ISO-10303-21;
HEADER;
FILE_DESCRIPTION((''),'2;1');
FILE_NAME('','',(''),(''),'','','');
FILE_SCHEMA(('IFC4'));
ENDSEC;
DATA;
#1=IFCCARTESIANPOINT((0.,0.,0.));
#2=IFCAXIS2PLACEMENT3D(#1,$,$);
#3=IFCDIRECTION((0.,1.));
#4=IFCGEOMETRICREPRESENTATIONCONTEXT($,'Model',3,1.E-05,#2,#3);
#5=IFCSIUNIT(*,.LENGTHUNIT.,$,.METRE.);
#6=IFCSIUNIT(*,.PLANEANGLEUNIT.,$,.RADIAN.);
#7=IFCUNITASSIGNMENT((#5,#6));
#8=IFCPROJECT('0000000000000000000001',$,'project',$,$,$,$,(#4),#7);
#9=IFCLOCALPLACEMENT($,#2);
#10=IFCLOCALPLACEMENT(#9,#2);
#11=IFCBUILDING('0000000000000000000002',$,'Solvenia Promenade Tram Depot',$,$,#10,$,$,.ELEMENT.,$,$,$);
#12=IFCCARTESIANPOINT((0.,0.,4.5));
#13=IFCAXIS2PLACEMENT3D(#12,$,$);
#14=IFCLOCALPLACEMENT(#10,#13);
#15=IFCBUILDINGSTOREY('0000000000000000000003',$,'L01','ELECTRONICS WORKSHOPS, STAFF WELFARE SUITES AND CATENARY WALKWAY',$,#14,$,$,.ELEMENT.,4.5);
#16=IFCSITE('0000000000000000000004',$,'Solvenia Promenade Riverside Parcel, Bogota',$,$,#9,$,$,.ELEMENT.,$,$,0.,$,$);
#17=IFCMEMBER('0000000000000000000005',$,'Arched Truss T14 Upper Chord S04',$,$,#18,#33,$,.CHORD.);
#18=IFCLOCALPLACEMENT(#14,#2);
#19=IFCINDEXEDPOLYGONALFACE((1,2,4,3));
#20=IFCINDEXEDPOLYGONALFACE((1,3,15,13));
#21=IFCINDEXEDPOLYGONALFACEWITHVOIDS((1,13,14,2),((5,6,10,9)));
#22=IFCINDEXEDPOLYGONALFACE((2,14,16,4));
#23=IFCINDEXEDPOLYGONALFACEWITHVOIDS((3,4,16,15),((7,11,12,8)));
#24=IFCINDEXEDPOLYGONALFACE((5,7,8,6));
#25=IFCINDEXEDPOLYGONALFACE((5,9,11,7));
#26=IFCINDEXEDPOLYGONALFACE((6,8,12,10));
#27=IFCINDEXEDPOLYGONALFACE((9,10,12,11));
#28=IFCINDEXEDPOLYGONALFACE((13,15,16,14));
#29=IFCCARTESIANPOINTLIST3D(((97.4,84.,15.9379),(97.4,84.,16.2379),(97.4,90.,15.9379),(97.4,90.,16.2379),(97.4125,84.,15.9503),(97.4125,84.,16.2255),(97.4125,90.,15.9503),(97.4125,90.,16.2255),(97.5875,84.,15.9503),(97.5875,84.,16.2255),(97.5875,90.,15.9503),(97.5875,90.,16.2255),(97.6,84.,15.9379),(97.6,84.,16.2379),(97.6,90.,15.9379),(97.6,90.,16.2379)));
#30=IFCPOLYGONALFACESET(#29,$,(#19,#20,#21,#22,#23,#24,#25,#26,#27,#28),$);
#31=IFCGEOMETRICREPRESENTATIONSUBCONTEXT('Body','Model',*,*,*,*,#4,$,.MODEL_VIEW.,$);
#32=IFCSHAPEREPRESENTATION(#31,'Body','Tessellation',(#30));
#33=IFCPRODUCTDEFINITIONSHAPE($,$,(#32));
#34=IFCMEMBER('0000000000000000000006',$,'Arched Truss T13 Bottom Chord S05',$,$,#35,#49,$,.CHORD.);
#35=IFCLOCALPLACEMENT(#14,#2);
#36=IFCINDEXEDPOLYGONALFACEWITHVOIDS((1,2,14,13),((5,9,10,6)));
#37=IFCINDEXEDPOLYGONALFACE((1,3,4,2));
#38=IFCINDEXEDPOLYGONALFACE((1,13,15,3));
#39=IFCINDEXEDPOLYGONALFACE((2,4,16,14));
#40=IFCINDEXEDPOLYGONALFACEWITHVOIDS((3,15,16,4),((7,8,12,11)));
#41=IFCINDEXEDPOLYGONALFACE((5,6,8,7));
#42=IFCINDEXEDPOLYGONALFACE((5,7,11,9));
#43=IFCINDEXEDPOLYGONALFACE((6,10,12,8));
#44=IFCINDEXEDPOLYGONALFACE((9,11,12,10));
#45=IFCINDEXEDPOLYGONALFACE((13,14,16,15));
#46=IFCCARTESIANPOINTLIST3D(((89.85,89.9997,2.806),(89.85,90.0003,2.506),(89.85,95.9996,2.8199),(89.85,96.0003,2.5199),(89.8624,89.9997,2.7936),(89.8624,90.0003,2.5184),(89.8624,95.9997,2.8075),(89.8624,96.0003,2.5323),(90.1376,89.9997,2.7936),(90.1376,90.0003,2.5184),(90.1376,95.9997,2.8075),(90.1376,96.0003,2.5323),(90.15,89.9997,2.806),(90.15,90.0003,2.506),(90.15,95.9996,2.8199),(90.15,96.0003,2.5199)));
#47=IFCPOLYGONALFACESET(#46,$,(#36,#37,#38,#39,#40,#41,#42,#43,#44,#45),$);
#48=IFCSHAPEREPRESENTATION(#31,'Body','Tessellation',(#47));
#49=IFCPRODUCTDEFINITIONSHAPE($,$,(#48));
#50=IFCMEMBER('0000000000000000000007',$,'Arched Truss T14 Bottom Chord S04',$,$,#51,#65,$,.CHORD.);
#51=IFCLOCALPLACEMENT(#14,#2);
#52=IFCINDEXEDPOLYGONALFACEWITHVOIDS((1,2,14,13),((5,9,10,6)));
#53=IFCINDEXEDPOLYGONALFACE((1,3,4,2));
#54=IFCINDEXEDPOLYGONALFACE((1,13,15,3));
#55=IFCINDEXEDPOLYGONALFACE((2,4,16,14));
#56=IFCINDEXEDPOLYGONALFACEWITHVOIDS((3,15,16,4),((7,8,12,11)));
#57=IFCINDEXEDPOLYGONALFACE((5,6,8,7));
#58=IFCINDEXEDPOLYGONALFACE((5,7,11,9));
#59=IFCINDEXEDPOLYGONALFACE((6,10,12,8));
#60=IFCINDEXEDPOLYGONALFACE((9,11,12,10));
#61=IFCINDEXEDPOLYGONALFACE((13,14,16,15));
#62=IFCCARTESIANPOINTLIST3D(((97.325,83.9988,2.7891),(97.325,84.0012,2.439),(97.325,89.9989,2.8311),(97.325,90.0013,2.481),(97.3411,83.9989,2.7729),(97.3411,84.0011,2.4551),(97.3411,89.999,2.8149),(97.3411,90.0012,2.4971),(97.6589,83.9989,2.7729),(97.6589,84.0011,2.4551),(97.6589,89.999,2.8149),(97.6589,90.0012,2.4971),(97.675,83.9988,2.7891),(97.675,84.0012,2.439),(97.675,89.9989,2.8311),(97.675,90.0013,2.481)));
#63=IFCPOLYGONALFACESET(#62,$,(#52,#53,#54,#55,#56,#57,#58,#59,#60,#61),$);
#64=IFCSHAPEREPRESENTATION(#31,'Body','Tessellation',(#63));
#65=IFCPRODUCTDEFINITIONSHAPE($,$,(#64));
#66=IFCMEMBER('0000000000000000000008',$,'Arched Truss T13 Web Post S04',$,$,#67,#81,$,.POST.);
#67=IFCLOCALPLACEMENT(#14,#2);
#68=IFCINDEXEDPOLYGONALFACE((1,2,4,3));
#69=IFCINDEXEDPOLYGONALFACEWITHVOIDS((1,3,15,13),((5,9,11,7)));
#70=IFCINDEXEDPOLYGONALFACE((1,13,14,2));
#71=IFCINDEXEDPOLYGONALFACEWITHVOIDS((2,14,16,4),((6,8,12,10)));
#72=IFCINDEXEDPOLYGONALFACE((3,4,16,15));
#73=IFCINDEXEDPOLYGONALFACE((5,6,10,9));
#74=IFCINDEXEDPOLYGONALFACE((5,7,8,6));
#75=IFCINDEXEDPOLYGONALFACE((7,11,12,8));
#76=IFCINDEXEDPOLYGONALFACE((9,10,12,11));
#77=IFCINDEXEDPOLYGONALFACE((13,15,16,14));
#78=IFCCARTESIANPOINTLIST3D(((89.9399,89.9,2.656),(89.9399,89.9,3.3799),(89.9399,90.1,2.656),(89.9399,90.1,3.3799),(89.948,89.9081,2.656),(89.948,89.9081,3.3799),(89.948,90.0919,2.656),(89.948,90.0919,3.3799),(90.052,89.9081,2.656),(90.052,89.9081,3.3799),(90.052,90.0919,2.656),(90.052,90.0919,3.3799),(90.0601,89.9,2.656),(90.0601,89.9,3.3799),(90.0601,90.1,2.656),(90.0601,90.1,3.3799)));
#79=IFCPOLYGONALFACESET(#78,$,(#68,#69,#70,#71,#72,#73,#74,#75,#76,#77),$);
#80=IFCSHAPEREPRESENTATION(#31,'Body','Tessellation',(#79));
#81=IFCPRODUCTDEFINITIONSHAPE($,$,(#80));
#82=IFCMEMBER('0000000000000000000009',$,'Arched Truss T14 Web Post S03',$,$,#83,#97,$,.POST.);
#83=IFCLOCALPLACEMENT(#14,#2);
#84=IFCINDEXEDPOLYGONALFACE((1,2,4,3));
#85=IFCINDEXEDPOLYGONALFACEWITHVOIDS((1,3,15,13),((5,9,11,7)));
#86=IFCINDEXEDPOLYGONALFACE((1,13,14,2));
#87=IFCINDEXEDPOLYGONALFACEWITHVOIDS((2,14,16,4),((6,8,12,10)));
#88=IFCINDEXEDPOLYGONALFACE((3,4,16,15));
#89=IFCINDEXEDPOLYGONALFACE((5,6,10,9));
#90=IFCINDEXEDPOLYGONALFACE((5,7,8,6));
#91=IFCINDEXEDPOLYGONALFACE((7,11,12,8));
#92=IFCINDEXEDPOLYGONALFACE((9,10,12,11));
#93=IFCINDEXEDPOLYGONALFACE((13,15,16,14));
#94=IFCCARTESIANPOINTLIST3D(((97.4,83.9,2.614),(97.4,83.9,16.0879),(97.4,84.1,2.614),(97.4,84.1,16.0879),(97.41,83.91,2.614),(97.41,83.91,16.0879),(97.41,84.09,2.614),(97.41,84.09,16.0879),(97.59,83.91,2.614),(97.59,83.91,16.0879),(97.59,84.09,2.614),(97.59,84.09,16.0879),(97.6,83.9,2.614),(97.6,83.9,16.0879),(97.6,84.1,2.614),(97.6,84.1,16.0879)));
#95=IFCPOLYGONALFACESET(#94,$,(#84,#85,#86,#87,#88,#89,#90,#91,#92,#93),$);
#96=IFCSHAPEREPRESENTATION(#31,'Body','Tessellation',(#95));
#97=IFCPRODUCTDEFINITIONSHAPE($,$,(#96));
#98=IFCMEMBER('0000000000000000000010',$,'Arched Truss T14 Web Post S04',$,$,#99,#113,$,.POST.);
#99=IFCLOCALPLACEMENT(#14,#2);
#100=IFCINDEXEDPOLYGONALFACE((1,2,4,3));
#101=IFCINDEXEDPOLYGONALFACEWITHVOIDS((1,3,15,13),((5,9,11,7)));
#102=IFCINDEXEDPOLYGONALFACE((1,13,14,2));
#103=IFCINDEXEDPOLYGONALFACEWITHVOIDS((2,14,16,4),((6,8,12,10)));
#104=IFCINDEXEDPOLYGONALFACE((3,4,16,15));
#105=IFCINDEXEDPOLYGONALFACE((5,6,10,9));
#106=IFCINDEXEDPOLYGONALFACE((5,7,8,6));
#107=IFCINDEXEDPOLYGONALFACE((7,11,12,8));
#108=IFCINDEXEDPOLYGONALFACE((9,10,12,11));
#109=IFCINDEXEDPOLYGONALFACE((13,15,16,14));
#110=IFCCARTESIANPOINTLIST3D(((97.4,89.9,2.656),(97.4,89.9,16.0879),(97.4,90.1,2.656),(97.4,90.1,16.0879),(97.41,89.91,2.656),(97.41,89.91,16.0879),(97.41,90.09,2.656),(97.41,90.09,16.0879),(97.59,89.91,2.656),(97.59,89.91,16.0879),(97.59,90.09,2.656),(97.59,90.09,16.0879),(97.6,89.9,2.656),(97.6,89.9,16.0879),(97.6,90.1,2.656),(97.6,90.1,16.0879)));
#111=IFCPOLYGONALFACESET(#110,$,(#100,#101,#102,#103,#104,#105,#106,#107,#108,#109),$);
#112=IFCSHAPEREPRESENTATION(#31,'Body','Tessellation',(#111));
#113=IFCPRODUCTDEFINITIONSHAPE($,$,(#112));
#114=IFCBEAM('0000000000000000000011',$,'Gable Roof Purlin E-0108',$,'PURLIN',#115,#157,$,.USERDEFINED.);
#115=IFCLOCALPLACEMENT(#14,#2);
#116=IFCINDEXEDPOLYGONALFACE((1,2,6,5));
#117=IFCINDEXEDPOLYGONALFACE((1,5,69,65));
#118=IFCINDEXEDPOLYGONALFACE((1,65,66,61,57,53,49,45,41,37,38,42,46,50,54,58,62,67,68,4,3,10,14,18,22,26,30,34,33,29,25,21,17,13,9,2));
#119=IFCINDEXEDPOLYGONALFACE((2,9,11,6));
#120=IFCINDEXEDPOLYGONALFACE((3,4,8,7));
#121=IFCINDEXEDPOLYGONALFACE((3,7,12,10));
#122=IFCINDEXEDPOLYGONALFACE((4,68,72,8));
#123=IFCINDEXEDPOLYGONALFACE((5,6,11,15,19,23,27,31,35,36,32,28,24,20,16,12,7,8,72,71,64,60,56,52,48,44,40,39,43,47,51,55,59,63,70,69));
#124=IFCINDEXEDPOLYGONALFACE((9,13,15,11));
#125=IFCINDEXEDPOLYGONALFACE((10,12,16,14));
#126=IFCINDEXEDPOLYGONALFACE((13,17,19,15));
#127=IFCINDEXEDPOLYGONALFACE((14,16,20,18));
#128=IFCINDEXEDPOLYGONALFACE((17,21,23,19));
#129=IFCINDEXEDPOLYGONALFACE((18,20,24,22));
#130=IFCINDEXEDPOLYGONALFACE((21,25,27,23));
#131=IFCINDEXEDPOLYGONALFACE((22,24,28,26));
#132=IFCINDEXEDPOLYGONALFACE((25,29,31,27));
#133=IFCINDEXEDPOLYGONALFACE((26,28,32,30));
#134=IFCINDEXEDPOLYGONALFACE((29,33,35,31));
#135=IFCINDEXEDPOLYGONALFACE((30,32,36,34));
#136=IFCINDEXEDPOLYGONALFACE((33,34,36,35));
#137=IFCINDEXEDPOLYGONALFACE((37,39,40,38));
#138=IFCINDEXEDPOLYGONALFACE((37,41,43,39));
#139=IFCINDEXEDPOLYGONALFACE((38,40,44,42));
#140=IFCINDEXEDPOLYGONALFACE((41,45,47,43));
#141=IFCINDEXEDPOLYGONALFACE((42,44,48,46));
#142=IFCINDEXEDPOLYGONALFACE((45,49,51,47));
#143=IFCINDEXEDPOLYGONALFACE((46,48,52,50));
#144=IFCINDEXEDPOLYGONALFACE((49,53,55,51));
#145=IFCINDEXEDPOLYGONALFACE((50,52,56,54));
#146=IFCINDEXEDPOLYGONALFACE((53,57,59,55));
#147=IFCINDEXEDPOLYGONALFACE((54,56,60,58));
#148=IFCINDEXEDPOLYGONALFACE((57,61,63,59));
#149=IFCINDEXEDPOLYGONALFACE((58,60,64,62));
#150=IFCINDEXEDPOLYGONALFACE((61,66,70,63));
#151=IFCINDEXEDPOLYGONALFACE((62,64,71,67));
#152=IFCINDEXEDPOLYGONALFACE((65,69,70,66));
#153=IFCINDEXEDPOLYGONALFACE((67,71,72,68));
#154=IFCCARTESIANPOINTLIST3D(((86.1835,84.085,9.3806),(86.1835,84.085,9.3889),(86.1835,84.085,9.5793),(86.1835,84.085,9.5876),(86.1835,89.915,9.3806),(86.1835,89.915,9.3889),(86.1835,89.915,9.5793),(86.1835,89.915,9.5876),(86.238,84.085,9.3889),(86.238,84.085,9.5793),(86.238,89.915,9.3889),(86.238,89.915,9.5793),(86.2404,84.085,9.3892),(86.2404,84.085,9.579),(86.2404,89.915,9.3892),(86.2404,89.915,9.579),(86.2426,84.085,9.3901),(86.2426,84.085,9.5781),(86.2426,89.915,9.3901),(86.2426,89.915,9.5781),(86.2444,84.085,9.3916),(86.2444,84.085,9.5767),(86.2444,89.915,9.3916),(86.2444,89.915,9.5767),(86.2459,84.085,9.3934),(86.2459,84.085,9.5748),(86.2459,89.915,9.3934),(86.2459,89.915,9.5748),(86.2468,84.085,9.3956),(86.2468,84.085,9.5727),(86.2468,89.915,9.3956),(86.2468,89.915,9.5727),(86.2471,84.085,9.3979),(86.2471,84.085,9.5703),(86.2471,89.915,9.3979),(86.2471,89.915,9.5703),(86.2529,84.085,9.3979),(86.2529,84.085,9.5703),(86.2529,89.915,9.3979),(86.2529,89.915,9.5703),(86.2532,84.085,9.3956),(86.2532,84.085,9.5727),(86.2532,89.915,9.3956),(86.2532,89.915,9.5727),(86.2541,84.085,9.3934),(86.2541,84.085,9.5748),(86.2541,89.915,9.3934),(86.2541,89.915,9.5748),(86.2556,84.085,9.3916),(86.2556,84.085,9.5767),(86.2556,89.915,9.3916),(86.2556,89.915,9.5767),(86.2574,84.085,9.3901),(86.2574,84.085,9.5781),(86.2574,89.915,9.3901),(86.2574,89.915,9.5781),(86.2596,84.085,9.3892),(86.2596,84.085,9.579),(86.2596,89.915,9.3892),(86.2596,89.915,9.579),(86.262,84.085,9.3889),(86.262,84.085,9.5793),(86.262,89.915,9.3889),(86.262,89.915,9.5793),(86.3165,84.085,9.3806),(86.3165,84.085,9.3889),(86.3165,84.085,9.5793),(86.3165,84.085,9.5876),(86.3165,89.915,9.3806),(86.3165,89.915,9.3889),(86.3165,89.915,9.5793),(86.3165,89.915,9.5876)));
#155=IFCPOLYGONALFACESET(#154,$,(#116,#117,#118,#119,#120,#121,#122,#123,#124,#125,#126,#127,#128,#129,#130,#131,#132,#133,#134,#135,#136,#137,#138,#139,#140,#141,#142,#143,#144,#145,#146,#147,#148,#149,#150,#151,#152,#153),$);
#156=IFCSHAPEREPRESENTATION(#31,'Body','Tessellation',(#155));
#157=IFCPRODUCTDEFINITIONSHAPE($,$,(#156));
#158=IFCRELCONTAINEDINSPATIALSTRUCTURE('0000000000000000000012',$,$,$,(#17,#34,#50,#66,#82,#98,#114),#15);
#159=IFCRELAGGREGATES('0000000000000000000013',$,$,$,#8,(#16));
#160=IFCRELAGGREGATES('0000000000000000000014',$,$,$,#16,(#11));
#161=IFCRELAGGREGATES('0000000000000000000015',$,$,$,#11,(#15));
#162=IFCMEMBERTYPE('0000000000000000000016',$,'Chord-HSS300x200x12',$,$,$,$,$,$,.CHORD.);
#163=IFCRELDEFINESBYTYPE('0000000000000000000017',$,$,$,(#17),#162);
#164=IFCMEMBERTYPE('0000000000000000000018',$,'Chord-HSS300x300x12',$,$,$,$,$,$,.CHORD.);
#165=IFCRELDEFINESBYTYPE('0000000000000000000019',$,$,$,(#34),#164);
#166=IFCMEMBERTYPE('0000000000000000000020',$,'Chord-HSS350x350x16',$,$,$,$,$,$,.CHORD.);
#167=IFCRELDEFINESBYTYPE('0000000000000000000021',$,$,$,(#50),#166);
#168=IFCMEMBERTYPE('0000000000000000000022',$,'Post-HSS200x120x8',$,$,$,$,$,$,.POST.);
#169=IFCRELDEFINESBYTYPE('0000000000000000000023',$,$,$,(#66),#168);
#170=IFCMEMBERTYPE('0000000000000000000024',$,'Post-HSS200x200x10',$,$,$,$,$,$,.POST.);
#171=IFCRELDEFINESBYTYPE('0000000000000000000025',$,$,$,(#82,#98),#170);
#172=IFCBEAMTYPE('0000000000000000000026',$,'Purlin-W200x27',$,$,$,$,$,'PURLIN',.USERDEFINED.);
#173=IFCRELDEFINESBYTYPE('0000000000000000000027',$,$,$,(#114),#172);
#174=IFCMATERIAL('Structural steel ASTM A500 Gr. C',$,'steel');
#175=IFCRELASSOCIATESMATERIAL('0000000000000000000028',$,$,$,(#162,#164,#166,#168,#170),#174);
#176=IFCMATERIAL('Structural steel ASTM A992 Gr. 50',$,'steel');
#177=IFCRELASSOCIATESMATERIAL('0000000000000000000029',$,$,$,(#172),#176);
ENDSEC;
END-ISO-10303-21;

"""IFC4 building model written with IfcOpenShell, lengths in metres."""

from ifc_helpers import new_model, si_unit, direction, frame, origin, origin_2d, place, context, subcontext, project, spatial, hollow_rectangle, i_section, extrude, material, material_profile, profile_set, type_object, element, save


model = new_model("IFC4")

# Units and contexts
model_context = context("Model", 3, precision=1e-05, world=origin(), true_north=direction((0.0, 1.0)))
body_context = subcontext(model_context, "Body", "Model", "MODEL_VIEW")
ifc_project = project(units=[si_unit("LENGTHUNIT", "METRE"), si_unit("PLANEANGLEUNIT", "RADIAN")], contexts=[model_context])

# Site, building, storey
site_placement = place(None, origin())
site = spatial("IfcSite", under=ifc_project, at=site_placement, Name="Solvenia Promenade Riverside Parcel, Bogota", CompositionType="ELEMENT", RefElevation=0.0)
building_placement = place(site_placement, origin())
building = spatial("IfcBuilding", under=site, at=building_placement, Name="Solvenia Promenade Tram Depot", CompositionType="ELEMENT")
storey_placement = place(building_placement, frame((0.0, 0.0, 4.5)))
storey = spatial("IfcBuildingStorey", under=building, at=storey_placement, Name="L01", Description="ELECTRONICS WORKSHOPS, STAFF WELFARE SUITES AND CATENARY WALKWAY", CompositionType="ELEMENT", Elevation=4.5)

# Members
ifc_material_1 = material(Name="Structural steel ASTM A500 Gr. C", Category="steel")
ifc_material_profile_1 = material_profile(ifc_material_1, hollow_rectangle(XDim=0.2, YDim=0.3, WallThickness=0.0125, at=origin_2d()), Name="HSS300x200x12.5", Category="steel")
ifc_profile_set_1 = profile_set([ifc_material_profile_1], Name="Structural steel ASTM A500 Gr. C")
member_type_1 = type_object("IfcMemberType", Name="Chord-HSS300x200x12", PredefinedType="CHORD", material=ifc_profile_set_1)
member_1_placement = place(storey_placement, frame((97.5, 84.0, 16.0879), z_axis=(0.0, 1.0, 0.0), x_axis=(-1.0, 0.0, 0.0)))
element("IfcMember", 1, at=member_1_placement, inside=storey, type_object=member_type_1, Name="Arched Truss T14 Upper Chord S04", PredefinedType="CHORD", context=body_context, shape_type="SweptSolid", body=[
    extrude(hollow_rectangle(XDim=0.2, YDim=0.3, WallThickness=0.0125, at=origin_2d()), origin(), (0.0, 0.0, 1.0), 6.0),
])
ifc_material_profile_2 = material_profile(ifc_material_1, hollow_rectangle(XDim=0.3, YDim=0.3, WallThickness=0.0125, at=origin_2d()), Name="HSS300x300x12.5", Category="steel")
ifc_profile_set_2 = profile_set([ifc_material_profile_2], Name="Structural steel ASTM A500 Gr. C")
member_type_2 = type_object("IfcMemberType", Name="Chord-HSS300x300x12", PredefinedType="CHORD", material=ifc_profile_set_2)
member_2_placement = place(storey_placement, frame((90.0, 90.0, 2.656), z_axis=(0.0, 0.999997, 0.002319), x_axis=(-1.0, 0.0, 0.0)))
element("IfcMember", 2, at=member_2_placement, inside=storey, type_object=member_type_2, Name="Arched Truss T13 Bottom Chord S05", PredefinedType="CHORD", context=body_context, shape_type="SweptSolid", body=[
    extrude(hollow_rectangle(XDim=0.3, YDim=0.3, WallThickness=0.0125, at=origin_2d()), origin(), (0.0, 0.0, 1.0), 6.0),
])
ifc_material_profile_3 = material_profile(ifc_material_1, hollow_rectangle(XDim=0.3501, YDim=0.3501, WallThickness=0.0161, at=origin_2d()), Name="HSS350x350x16", Category="steel")
ifc_profile_set_3 = profile_set([ifc_material_profile_3], Name="Structural steel ASTM A500 Gr. C")
member_type_3 = type_object("IfcMemberType", Name="Chord-HSS350x350x16", PredefinedType="CHORD", material=ifc_profile_set_3)
member_3_placement = place(storey_placement, frame((97.5, 84.0, 2.614), z_axis=(0.0, 0.999976, 0.006999), x_axis=(-1.0, 0.0, 0.0)))
element("IfcMember", 3, at=member_3_placement, inside=storey, type_object=member_type_3, Name="Arched Truss T14 Bottom Chord S04", PredefinedType="CHORD", context=body_context, shape_type="SweptSolid", body=[
    extrude(hollow_rectangle(XDim=0.3501, YDim=0.3501, WallThickness=0.0161, at=origin_2d()), origin(), (0.0, 0.0, 1.0), 6.0002),
])
ifc_material_profile_4 = material_profile(ifc_material_1, hollow_rectangle(XDim=0.1201, YDim=0.2, WallThickness=0.0081, at=origin_2d()), Name="HSS200x120x8", Category="steel")
ifc_profile_set_4 = profile_set([ifc_material_profile_4], Name="Structural steel ASTM A500 Gr. C")
member_type_4 = type_object("IfcMemberType", Name="Post-HSS200x120x8", PredefinedType="POST", material=ifc_profile_set_4)
member_4_placement = place(storey_placement, frame((90.0, 90.0, 2.656), z_axis=(0.0, 0.0, 1.0), x_axis=(1.0, 0.0, 0.0)))
element("IfcMember", 4, at=member_4_placement, inside=storey, type_object=member_type_4, Name="Arched Truss T13 Web Post S04", PredefinedType="POST", context=body_context, shape_type="SweptSolid", body=[
    extrude(hollow_rectangle(XDim=0.1201, YDim=0.2, WallThickness=0.0081, at=origin_2d()), origin(), (0.0, 0.0, 1.0), 0.7239),
])
ifc_material_profile_5 = material_profile(ifc_material_1, hollow_rectangle(XDim=0.2, YDim=0.2, WallThickness=0.01, at=origin_2d()), Name="HSS200x200x10", Category="steel")
ifc_profile_set_5 = profile_set([ifc_material_profile_5], Name="Structural steel ASTM A500 Gr. C")
member_type_5 = type_object("IfcMemberType", Name="Post-HSS200x200x10", PredefinedType="POST", material=ifc_profile_set_5)
member_5_placement = place(storey_placement, frame((97.5, 84.0, 2.614), z_axis=(0.0, 0.0, 1.0), x_axis=(1.0, 0.0, 0.0)))
element("IfcMember", 5, at=member_5_placement, inside=storey, type_object=member_type_5, Name="Arched Truss T14 Web Post S03", PredefinedType="POST", context=body_context, shape_type="SweptSolid", body=[
    extrude(hollow_rectangle(XDim=0.2, YDim=0.2, WallThickness=0.01, at=origin_2d()), origin(), (0.0, 0.0, 1.0), 13.4739),
])
member_6_placement = place(storey_placement, frame((97.5, 90.0, 2.656), z_axis=(0.0, 0.0, 1.0), x_axis=(1.0, 0.0, 0.0)))
element("IfcMember", 6, at=member_6_placement, inside=storey, type_object=member_type_5, Name="Arched Truss T14 Web Post S04", PredefinedType="POST", context=body_context, shape_type="SweptSolid", body=[
    extrude(hollow_rectangle(XDim=0.2, YDim=0.2, WallThickness=0.01, at=origin_2d()), origin(), (0.0, 0.0, 1.0), 13.4319),
])

# Beam
ifc_material_2 = material(Name="Structural steel ASTM A992 Gr. 50", Category="steel")
ifc_material_profile_6 = material_profile(ifc_material_2, i_section(OverallWidth=0.1331, OverallDepth=0.207, WebThickness=0.0059, FlangeThickness=0.0083, FilletRadius=0.009, at=origin_2d()), Name="W200x27", Category="steel")
ifc_profile_set_6 = profile_set([ifc_material_profile_6], Name="Structural steel ASTM A992 Gr. 50")
beam_type_1 = type_object("IfcBeamType", Name="Purlin-W200x27", ElementType="PURLIN", PredefinedType="USERDEFINED", material=ifc_profile_set_6)
for number, where, z_axis, x_axis, name in (
    (7, (86.25, 84.085, 9.4841), (0.0, 1.0, 0.0), (-1.0, 0.0, 0.0), "Gable Roof Purlin E-0108"),
):
    element("IfcBeam", number, at=place(storey_placement, frame(where, z_axis=z_axis, x_axis=x_axis)), inside=storey, type_object=beam_type_1, Name=name, ObjectType="PURLIN", PredefinedType="USERDEFINED", context=body_context, shape_type="SweptSolid", body=[
        extrude(i_section(OverallWidth=0.1331, OverallDepth=0.207, WebThickness=0.0059, FlangeThickness=0.0083, FilletRadius=0.009, at=origin_2d()), origin(), (0.0, 0.0, 1.0), 5.8301),
    ])

save(model, "model.ifc")
